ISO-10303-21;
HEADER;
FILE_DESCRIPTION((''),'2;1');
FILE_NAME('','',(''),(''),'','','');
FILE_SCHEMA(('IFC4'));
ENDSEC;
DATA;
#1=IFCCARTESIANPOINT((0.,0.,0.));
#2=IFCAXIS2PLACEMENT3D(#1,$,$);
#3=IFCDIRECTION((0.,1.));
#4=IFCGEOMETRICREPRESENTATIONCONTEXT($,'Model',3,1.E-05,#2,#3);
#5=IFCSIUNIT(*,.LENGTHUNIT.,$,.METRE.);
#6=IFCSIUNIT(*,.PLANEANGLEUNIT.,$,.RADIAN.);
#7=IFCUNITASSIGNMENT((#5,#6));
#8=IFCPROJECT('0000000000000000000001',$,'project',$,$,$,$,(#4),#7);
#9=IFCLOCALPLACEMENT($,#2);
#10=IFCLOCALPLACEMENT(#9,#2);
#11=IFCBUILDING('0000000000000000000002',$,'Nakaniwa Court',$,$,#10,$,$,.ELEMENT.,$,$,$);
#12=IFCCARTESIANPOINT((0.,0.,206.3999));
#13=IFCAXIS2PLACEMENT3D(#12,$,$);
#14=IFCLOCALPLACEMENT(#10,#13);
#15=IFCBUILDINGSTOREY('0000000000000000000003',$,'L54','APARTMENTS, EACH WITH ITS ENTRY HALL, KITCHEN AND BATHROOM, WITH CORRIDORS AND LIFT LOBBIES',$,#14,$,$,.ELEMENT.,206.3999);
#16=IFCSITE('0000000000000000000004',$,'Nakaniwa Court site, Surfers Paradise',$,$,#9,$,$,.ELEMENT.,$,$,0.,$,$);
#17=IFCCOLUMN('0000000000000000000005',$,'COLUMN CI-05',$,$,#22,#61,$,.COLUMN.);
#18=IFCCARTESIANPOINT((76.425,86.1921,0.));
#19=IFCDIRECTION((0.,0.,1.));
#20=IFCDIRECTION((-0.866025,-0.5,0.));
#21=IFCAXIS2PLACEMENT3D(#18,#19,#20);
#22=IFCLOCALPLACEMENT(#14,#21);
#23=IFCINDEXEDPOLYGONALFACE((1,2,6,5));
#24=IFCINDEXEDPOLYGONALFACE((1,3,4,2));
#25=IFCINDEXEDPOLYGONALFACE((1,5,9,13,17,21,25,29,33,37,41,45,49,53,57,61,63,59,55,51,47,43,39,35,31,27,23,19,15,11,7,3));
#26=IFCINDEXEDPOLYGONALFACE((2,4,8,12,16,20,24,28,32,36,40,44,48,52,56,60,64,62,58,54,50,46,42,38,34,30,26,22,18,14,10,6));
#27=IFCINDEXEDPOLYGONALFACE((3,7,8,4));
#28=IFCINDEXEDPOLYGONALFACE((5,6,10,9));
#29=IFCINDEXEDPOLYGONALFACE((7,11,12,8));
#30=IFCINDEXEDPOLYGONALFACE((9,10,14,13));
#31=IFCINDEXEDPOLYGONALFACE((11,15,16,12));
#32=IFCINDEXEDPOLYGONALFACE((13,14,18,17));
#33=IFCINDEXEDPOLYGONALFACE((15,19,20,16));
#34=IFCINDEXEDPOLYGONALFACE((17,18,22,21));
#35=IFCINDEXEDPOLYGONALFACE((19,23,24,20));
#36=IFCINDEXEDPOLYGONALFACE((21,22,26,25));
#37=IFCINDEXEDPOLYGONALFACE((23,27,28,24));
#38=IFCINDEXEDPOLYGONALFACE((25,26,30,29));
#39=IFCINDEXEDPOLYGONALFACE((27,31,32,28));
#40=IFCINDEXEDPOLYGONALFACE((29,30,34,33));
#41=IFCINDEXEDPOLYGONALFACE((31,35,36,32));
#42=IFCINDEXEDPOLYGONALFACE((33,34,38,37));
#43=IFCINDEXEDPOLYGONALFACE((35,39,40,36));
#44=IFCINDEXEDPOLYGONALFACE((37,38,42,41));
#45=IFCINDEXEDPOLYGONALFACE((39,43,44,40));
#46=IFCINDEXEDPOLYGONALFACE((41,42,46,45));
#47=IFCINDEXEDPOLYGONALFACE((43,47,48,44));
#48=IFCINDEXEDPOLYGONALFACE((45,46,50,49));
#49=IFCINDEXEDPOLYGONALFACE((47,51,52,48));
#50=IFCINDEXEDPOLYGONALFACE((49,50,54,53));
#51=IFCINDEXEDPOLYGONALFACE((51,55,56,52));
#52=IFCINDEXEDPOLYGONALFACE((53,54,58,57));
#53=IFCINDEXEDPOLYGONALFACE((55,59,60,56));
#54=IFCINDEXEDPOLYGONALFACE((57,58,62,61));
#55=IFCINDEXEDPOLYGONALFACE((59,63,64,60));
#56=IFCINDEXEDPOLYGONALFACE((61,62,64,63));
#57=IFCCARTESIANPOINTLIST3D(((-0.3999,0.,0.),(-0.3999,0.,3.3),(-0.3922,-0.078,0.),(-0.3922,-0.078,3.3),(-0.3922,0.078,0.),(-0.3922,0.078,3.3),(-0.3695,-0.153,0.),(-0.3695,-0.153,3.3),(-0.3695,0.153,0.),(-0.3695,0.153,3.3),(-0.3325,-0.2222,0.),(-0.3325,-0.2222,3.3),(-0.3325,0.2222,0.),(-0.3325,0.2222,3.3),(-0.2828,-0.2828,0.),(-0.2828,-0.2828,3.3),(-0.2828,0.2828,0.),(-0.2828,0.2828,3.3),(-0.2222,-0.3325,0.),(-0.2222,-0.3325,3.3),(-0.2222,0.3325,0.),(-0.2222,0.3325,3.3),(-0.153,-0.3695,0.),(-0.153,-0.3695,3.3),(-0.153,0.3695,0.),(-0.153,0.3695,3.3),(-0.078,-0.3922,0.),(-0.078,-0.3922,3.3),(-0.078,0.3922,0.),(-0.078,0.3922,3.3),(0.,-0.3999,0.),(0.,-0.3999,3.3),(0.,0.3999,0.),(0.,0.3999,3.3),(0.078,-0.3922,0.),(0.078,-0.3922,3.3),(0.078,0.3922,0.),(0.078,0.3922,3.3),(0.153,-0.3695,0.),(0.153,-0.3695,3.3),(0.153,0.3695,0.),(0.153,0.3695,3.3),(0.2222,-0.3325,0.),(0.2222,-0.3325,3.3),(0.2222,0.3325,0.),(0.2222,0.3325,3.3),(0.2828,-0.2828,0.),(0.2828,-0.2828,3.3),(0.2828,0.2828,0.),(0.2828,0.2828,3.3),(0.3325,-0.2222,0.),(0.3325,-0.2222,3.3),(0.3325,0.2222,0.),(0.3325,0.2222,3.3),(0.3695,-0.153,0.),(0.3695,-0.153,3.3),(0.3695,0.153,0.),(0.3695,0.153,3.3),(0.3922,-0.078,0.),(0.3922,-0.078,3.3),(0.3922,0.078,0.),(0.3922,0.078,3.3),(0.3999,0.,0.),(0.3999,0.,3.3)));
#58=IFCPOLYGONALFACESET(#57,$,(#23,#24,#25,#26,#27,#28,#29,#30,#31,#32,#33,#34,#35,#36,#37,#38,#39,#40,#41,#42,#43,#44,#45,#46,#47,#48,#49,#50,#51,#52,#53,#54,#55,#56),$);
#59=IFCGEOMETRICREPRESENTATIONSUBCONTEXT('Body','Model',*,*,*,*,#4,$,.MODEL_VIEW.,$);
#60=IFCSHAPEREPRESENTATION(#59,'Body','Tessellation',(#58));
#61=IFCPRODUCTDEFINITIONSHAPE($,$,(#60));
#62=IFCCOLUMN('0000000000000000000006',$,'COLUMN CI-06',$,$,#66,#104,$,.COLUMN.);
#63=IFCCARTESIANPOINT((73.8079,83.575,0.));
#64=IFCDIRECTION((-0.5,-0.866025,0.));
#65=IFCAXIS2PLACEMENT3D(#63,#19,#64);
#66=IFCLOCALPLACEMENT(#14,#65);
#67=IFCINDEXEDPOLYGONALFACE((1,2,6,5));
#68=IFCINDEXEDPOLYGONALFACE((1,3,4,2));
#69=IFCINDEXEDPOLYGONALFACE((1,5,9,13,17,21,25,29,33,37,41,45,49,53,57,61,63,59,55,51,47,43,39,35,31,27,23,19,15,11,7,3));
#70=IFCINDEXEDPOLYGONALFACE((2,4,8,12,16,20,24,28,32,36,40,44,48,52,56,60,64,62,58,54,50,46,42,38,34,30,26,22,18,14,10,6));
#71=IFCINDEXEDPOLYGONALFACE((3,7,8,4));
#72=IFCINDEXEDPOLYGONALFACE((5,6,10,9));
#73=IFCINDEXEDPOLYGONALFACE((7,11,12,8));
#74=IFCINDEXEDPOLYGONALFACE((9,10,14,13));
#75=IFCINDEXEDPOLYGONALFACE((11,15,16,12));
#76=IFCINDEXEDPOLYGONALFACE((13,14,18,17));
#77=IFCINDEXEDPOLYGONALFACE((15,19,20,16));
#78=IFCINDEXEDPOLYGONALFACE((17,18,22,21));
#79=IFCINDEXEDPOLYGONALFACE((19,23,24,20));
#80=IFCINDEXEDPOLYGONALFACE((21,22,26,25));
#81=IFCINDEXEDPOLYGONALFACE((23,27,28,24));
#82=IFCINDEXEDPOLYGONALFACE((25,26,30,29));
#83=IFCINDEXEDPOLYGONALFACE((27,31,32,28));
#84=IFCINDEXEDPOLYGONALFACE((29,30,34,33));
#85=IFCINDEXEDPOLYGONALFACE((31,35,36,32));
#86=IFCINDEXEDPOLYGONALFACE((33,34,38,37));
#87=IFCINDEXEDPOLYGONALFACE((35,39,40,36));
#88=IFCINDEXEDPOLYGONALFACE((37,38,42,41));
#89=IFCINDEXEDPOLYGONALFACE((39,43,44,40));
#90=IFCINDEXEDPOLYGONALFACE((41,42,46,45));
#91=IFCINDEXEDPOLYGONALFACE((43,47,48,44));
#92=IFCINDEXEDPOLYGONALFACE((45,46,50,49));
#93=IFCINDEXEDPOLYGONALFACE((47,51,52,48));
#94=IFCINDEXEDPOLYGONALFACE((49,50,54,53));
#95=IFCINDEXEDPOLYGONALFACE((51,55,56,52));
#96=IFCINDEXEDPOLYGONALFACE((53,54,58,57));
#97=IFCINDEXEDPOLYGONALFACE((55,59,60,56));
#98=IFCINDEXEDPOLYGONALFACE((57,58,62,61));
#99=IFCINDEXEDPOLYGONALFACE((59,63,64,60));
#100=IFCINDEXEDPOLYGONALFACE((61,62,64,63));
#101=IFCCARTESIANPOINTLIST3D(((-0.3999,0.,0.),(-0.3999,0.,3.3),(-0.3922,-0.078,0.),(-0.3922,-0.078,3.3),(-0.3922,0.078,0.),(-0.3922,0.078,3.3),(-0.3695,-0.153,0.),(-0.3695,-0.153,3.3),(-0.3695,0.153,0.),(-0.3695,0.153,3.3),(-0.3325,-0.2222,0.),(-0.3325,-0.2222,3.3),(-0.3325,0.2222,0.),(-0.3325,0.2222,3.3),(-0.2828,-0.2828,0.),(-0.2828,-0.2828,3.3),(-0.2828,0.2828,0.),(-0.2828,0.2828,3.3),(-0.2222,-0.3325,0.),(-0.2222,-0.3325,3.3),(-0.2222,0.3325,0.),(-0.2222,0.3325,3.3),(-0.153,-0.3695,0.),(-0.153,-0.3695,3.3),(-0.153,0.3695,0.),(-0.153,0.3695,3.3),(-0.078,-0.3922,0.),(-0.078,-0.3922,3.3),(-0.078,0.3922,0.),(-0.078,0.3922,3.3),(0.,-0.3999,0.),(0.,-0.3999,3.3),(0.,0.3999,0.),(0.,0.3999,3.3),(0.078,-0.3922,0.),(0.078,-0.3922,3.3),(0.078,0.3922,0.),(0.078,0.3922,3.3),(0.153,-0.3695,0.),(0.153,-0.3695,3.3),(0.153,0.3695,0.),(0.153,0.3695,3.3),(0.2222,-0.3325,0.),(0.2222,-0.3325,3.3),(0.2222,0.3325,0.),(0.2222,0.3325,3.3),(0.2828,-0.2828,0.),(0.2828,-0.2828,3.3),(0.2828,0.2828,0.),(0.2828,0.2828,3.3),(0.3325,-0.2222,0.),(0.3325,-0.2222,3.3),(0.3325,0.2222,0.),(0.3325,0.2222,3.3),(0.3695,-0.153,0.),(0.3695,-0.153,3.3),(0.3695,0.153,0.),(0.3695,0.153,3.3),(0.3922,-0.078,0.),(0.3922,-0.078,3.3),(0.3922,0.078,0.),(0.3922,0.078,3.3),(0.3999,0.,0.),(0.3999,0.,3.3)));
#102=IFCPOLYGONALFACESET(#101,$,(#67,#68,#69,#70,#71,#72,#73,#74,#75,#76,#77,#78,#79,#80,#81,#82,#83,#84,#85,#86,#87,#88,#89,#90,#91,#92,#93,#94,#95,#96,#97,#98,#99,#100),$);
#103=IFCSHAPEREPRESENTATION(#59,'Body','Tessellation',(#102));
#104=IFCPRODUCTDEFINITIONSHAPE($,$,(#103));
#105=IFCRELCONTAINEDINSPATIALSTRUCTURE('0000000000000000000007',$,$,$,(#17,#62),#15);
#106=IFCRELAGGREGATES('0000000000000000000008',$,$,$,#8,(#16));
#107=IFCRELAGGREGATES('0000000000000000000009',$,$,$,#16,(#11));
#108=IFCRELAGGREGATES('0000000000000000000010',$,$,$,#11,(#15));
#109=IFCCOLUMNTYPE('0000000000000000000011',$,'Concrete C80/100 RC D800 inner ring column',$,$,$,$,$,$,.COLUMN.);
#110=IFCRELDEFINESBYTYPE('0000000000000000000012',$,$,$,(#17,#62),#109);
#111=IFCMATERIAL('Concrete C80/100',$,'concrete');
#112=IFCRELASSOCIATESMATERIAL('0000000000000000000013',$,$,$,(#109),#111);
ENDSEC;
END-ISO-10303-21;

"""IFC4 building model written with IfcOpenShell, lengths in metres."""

from ifc_helpers import new_model, si_unit, direction, frame, origin, origin_2d, place, context, subcontext, project, spatial, circle, extrude, material, material_profile, profile_set, type_object, element, save


model = new_model("IFC4")

# Units and contexts
model_context = context("Model", 3, precision=1e-05, world=origin(), true_north=direction((0.0, 1.0)))
body_context = subcontext(model_context, "Body", "Model", "MODEL_VIEW")
ifc_project = project(units=[si_unit("LENGTHUNIT", "METRE"), si_unit("PLANEANGLEUNIT", "RADIAN")], contexts=[model_context])

# Site, building, storey
site_placement = place(None, origin())
site = spatial("IfcSite", under=ifc_project, at=site_placement, Name="Nakaniwa Court site, Surfers Paradise", CompositionType="ELEMENT", RefElevation=0.0)
building_placement = place(site_placement, origin())
building = spatial("IfcBuilding", under=site, at=building_placement, Name="Nakaniwa Court", CompositionType="ELEMENT")
storey_placement = place(building_placement, frame((0.0, 0.0, 206.3999)))
storey = spatial("IfcBuildingStorey", under=building, at=storey_placement, Name="L54", Description="APARTMENTS, EACH WITH ITS ENTRY HALL, KITCHEN AND BATHROOM, WITH CORRIDORS AND LIFT LOBBIES", CompositionType="ELEMENT", Elevation=206.3999)

# Columns
ifc_material_1 = material(Name="Concrete C80/100", Category="concrete")
ifc_material_profile_1 = material_profile(ifc_material_1, circle(Radius=0.3999, at=origin_2d()), Name="Concrete C80/100 RC D800 inner ring column")
ifc_profile_set_1 = profile_set([ifc_material_profile_1], Name="Concrete C80/100")
column_type_1 = type_object("IfcColumnType", Name="Concrete C80/100 RC D800 inner ring column", PredefinedType="COLUMN", material=ifc_profile_set_1)
for number, where, z_axis, x_axis, name in (
    (1, (76.425, 86.1921, 0.0), (0.0, 0.0, 1.0), (-0.866025, -0.5, 0.0), "COLUMN CI-05"),
    (2, (73.8079, 83.575, 0.0), (0.0, 0.0, 1.0), (-0.5, -0.866025, 0.0), "COLUMN CI-06"),
):
    element("IfcColumn", number, at=place(storey_placement, frame(where, z_axis=z_axis, x_axis=x_axis)), inside=storey, type_object=column_type_1, Name=name, PredefinedType="COLUMN", context=body_context, shape_type="SweptSolid", body=[
        extrude(circle(Radius=0.3999, at=origin_2d()), origin(), (0.0, 0.0, 1.0), 3.3),
    ])

save(model, "model.ifc")
